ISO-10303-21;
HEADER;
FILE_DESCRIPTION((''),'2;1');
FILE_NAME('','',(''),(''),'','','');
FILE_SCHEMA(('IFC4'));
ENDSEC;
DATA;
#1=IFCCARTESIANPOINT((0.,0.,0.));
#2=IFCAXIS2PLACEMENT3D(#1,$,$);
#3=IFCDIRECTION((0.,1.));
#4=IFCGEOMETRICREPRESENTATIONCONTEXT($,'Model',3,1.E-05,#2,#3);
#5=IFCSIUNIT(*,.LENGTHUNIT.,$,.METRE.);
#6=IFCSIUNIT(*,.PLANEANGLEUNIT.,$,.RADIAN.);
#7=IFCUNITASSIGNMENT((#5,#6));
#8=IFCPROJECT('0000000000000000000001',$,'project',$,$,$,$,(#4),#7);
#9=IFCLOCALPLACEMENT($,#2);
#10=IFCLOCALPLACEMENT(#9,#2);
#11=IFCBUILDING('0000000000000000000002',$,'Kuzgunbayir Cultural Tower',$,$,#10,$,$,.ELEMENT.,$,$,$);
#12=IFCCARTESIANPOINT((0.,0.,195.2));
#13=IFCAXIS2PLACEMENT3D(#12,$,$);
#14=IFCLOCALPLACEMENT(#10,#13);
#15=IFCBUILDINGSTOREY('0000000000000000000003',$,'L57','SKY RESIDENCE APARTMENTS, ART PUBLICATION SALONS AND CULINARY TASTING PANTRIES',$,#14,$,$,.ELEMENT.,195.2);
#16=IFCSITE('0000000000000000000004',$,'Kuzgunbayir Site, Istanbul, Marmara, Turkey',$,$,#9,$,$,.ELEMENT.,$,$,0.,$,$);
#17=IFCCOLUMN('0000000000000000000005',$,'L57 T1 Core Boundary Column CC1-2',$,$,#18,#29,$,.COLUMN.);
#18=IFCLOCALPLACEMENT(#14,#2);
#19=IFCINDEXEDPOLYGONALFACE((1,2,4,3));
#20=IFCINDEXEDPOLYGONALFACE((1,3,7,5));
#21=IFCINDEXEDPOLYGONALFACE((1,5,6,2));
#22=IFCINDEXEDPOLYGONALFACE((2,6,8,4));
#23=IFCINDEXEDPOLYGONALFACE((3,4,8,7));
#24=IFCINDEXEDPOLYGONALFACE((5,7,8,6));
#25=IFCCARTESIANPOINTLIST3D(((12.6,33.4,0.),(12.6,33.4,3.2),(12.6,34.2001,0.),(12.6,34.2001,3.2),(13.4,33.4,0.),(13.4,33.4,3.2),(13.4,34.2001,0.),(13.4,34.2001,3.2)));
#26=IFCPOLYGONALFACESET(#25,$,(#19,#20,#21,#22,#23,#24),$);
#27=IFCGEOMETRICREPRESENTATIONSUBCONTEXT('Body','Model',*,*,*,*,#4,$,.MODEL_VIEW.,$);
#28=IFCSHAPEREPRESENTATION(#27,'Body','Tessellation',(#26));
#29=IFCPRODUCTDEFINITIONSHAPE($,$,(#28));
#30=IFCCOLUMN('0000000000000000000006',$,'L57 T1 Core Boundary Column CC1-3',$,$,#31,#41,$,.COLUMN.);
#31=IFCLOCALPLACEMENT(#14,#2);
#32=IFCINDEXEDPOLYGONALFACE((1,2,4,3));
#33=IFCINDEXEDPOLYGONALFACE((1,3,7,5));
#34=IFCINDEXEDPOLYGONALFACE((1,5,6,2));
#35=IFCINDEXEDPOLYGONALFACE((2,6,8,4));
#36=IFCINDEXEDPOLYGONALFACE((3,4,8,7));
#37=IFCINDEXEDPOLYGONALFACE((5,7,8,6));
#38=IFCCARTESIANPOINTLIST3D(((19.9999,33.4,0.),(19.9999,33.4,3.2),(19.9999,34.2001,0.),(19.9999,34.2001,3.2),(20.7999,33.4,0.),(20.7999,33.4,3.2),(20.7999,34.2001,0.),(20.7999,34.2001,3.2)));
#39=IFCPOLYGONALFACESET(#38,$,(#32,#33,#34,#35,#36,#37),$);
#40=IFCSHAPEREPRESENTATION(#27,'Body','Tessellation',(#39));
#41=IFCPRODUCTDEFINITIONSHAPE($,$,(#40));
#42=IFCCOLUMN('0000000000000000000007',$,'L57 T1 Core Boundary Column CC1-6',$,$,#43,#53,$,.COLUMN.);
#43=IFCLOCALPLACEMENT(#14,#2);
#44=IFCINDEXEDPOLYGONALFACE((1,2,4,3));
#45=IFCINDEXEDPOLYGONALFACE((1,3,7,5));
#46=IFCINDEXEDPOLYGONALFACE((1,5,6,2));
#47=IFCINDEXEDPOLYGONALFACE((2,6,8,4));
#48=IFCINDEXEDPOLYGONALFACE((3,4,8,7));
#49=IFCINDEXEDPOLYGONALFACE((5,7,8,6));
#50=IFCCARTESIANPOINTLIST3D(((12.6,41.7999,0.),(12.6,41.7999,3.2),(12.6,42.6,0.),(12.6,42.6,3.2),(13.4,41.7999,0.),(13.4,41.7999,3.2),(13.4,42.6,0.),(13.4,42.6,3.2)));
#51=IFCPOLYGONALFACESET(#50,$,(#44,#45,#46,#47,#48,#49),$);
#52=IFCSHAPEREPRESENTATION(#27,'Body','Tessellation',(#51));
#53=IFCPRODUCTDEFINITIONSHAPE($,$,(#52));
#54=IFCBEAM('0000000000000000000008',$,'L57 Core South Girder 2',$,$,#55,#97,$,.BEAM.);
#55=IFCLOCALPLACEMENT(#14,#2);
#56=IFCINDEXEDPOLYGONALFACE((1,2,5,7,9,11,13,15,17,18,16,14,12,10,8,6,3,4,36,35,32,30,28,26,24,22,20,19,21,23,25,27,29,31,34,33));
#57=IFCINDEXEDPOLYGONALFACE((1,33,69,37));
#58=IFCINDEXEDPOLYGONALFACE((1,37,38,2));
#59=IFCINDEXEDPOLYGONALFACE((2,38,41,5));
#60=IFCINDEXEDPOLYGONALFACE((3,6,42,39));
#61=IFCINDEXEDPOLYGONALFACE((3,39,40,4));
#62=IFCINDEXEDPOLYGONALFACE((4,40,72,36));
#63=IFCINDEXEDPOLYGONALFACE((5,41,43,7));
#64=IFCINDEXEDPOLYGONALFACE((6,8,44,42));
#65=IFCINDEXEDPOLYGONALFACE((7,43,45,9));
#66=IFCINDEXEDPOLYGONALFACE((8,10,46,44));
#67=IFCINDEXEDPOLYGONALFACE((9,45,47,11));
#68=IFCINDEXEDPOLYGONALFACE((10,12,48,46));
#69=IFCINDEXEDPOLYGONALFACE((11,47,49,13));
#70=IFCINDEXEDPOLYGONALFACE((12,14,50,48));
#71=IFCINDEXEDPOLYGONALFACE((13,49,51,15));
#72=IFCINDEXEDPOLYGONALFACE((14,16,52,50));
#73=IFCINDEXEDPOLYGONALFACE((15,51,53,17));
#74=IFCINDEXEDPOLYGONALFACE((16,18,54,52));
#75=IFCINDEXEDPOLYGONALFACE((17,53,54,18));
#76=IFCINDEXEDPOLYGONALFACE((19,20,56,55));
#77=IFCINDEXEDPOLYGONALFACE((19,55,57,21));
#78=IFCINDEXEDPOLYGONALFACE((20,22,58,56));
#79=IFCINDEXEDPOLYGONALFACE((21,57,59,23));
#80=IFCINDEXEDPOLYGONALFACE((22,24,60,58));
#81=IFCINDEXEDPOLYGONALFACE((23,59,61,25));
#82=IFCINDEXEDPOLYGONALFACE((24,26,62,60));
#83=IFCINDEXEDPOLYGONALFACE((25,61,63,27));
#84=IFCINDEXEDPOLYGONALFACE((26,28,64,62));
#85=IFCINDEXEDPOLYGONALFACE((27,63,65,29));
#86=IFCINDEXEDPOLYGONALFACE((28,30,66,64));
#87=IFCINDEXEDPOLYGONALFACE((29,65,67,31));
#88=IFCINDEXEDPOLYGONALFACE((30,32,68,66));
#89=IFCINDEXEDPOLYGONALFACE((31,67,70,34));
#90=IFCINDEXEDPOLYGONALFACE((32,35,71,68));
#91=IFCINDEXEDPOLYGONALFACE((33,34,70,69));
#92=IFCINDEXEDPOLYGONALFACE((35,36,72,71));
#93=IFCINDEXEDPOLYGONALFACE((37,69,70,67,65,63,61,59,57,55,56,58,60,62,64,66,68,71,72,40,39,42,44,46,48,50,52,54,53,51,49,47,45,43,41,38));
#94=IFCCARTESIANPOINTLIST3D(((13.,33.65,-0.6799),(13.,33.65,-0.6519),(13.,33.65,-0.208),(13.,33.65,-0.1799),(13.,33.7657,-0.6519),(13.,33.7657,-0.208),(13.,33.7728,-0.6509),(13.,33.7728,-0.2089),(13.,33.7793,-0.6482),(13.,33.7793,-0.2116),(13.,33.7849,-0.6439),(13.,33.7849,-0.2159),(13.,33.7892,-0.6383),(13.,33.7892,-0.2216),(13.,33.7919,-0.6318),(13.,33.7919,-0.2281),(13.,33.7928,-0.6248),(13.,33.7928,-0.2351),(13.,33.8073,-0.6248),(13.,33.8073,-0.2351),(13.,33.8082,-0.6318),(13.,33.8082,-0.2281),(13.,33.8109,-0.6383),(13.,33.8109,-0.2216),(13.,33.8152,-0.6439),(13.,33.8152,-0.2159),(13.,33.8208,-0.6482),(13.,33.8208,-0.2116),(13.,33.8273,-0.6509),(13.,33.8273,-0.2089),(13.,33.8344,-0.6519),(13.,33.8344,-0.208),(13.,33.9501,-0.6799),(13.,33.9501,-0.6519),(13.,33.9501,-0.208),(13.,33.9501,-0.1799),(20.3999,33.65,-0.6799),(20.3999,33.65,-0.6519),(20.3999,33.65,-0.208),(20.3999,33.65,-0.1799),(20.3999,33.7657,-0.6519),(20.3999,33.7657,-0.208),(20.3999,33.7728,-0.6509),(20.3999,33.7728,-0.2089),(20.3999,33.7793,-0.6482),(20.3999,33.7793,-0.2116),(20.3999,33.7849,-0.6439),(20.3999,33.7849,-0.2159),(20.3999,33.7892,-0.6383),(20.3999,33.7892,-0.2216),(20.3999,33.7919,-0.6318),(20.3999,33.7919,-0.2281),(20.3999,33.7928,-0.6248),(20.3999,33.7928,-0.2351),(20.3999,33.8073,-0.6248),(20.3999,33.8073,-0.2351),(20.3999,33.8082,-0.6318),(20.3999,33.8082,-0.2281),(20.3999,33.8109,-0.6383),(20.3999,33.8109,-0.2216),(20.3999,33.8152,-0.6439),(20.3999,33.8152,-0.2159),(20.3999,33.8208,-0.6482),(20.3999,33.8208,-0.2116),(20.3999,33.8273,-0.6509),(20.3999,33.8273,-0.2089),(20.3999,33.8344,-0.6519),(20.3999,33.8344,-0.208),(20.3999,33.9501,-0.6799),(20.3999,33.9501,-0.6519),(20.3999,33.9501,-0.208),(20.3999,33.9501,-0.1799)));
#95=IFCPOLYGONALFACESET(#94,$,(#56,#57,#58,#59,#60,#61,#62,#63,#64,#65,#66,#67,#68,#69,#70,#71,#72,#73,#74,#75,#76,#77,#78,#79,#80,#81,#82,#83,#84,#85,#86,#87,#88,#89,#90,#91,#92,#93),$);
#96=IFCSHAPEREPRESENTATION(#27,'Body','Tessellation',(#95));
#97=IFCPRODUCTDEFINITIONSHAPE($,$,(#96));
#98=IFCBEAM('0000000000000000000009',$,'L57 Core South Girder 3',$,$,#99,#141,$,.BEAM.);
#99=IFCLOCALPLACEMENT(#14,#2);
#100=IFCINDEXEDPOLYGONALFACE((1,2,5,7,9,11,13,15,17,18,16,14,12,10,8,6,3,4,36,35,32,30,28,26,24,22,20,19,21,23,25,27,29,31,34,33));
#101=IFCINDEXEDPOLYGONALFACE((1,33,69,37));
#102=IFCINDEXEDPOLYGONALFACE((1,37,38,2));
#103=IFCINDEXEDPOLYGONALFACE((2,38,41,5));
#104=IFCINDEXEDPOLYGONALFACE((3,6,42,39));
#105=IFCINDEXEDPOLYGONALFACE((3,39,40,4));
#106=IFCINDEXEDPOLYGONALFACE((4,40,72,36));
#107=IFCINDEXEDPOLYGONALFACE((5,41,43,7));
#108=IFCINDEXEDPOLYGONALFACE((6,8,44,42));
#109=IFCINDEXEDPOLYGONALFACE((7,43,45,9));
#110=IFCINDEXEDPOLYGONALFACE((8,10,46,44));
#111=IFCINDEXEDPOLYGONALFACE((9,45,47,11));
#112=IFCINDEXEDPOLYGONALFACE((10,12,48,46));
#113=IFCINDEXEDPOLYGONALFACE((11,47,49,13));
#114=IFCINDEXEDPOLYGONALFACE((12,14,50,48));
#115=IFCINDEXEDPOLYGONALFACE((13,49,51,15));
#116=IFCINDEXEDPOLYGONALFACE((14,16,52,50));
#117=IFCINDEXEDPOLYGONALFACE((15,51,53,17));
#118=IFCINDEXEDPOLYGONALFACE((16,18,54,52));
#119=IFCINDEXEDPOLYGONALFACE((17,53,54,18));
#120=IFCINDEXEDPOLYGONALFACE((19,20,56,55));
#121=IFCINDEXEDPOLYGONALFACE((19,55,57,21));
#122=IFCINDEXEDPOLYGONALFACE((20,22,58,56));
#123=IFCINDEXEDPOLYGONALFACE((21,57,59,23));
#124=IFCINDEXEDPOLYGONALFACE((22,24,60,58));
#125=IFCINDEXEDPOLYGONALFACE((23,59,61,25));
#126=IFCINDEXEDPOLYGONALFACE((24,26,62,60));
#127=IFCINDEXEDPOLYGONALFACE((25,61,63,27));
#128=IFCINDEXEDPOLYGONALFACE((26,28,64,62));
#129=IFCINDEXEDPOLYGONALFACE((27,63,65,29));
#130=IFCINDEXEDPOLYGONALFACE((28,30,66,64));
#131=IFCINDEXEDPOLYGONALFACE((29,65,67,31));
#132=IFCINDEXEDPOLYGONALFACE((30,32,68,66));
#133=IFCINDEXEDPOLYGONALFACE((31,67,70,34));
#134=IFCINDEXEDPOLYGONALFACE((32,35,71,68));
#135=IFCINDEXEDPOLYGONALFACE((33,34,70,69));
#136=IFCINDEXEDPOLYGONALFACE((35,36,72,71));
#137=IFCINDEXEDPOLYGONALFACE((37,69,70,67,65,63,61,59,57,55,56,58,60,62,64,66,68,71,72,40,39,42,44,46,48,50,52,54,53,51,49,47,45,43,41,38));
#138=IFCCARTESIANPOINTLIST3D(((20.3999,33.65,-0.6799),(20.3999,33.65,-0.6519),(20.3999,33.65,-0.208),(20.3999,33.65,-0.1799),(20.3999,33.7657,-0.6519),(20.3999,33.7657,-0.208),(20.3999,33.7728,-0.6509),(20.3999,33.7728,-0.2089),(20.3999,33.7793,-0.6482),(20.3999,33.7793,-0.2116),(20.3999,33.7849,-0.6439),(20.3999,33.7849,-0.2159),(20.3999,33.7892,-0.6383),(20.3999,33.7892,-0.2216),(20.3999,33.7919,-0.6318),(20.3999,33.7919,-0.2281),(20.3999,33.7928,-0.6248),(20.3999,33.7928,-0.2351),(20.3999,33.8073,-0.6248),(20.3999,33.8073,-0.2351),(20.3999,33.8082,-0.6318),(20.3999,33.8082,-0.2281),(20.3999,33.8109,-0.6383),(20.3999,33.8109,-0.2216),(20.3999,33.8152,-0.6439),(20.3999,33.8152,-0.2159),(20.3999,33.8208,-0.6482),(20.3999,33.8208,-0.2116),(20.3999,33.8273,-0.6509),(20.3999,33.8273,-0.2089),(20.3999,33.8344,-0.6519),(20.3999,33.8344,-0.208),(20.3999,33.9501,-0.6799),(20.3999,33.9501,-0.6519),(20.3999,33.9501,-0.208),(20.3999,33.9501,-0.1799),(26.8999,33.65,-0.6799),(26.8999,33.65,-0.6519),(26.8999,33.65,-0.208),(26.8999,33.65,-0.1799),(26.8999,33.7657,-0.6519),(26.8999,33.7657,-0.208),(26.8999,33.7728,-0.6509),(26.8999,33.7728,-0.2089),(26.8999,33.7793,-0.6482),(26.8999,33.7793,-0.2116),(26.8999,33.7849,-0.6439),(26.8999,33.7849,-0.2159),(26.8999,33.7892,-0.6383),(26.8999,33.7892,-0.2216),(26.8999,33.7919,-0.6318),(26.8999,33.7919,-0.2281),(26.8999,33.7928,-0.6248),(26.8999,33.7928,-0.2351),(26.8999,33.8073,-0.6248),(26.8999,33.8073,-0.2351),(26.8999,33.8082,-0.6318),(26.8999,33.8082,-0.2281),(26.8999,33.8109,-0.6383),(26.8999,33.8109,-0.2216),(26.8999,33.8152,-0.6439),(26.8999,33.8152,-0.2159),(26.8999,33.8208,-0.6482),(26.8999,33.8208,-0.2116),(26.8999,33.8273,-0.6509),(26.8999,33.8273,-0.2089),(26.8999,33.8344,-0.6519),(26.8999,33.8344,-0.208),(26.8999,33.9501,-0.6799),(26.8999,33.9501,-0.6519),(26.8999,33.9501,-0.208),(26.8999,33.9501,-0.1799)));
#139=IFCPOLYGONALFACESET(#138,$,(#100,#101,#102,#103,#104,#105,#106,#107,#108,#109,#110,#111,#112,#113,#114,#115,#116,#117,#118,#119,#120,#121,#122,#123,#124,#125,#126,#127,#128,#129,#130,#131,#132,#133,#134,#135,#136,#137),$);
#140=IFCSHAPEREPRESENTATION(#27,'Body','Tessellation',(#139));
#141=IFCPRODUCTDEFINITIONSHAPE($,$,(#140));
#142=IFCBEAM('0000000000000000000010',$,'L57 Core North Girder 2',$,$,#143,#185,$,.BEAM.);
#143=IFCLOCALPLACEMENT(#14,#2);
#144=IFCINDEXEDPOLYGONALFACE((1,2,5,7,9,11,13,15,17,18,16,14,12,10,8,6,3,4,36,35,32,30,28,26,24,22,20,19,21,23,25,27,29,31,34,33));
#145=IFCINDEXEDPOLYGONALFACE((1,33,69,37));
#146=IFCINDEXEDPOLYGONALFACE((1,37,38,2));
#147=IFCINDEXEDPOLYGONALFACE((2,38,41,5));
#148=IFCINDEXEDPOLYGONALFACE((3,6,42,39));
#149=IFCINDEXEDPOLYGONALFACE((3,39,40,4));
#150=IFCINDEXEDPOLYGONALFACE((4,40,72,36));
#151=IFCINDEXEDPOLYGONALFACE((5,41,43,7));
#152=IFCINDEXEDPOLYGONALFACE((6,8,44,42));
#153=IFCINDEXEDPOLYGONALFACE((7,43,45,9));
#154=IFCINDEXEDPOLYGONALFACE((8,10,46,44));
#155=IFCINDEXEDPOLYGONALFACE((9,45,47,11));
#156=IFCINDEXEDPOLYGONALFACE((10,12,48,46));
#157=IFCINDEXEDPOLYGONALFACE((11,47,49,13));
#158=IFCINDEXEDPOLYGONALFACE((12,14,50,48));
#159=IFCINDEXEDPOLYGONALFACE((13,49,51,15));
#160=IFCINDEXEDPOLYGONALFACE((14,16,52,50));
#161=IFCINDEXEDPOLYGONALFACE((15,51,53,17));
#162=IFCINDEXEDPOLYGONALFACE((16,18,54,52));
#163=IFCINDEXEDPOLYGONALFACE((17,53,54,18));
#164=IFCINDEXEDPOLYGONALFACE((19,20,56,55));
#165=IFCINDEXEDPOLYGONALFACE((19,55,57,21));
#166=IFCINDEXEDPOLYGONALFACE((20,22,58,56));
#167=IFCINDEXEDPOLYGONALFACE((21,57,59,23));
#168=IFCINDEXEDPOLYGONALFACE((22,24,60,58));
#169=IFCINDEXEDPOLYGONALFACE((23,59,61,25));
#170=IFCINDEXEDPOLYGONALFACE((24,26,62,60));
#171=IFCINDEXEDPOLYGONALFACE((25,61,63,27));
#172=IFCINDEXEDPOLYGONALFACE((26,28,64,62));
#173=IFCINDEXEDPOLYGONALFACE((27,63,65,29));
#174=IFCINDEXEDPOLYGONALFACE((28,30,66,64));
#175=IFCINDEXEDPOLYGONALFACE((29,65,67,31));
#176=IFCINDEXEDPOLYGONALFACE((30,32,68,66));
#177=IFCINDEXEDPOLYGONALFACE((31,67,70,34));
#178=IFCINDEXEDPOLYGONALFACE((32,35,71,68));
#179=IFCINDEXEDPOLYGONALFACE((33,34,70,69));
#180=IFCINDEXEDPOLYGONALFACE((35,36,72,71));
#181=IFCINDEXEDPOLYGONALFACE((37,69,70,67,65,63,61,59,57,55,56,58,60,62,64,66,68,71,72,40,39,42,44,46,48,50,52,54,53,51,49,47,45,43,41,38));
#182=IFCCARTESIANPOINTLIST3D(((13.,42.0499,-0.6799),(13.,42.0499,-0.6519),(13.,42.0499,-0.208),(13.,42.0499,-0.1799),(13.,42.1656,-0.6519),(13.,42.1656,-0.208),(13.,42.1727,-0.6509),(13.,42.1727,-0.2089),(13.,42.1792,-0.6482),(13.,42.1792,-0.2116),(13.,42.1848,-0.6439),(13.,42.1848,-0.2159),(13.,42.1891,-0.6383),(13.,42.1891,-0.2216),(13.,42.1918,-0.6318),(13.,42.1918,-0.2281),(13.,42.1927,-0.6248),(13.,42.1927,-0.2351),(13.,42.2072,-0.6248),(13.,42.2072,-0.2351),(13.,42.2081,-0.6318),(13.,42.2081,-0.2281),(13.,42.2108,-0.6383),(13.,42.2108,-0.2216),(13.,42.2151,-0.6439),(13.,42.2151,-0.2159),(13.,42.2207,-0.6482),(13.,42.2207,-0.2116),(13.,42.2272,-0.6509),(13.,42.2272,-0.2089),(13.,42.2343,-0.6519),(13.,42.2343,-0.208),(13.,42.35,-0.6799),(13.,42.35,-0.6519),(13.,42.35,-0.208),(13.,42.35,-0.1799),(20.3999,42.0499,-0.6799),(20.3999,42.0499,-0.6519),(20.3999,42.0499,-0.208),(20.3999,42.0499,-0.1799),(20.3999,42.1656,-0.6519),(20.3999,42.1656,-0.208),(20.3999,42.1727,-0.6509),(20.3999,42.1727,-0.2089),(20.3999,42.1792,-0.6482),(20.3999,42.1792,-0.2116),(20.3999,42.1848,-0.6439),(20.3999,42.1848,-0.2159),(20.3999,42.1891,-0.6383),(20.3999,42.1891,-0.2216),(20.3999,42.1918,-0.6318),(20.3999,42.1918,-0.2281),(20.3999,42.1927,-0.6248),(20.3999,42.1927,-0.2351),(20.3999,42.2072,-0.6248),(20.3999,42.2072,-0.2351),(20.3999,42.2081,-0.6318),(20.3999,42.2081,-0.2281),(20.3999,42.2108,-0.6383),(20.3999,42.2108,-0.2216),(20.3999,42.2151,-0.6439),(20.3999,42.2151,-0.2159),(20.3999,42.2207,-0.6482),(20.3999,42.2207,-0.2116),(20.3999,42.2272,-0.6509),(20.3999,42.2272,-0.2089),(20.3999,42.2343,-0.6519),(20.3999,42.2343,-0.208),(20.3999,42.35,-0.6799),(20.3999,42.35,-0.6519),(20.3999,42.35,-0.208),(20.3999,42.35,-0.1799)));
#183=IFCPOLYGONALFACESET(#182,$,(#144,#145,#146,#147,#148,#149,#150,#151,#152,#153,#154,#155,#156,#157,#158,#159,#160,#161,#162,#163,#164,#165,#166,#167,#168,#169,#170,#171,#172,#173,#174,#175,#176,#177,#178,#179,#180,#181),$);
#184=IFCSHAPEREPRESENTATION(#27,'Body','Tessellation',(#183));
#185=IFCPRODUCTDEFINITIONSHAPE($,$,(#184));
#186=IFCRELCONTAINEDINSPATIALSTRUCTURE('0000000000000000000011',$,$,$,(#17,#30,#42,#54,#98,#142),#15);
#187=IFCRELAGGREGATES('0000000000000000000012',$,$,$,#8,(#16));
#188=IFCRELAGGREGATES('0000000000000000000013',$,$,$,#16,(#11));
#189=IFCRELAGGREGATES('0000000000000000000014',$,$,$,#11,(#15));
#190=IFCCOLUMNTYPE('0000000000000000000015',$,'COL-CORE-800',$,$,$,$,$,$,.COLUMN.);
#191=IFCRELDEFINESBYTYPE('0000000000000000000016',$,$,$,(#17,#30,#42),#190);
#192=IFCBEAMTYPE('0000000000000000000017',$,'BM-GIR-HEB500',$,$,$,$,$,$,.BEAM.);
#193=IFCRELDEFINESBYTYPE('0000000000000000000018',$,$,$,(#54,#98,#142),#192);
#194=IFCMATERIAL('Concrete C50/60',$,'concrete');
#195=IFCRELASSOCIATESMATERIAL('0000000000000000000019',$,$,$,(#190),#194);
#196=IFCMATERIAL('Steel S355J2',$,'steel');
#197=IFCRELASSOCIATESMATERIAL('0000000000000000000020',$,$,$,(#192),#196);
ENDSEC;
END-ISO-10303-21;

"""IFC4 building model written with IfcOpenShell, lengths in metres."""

from ifc_helpers import new_model, si_unit, direction, frame, origin, origin_2d, place, context, subcontext, project, spatial, rectangle, i_section, extrude, material, material_profile, profile_set, type_object, element, save


model = new_model("IFC4")

# Units and contexts
model_context = context("Model", 3, precision=1e-05, world=origin(), true_north=direction((0.0, 1.0)))
body_context = subcontext(model_context, "Body", "Model", "MODEL_VIEW")
ifc_project = project(units=[si_unit("LENGTHUNIT", "METRE"), si_unit("PLANEANGLEUNIT", "RADIAN")], contexts=[model_context])

# Site, building, storey
site_placement = place(None, origin())
site = spatial("IfcSite", under=ifc_project, at=site_placement, Name="Kuzgunbayir Site, Istanbul, Marmara, Turkey", CompositionType="ELEMENT", RefElevation=0.0)
building_placement = place(site_placement, origin())
building = spatial("IfcBuilding", under=site, at=building_placement, Name="Kuzgunbayir Cultural Tower", CompositionType="ELEMENT")
storey_placement = place(building_placement, frame((0.0, 0.0, 195.2)))
storey = spatial("IfcBuildingStorey", under=building, at=storey_placement, Name="L57", Description="SKY RESIDENCE APARTMENTS, ART PUBLICATION SALONS AND CULINARY TASTING PANTRIES", CompositionType="ELEMENT", Elevation=195.2)

# Columns
ifc_material_1 = material(Name="Concrete C50/60", Category="concrete")
ifc_material_profile_1 = material_profile(ifc_material_1, rectangle(XDim=0.8, YDim=0.8, at=origin_2d()), Name="RC 800x800")
ifc_profile_set_1 = profile_set([ifc_material_profile_1], Name="Concrete C50/60")
column_type = type_object("IfcColumnType", Name="COL-CORE-800", PredefinedType="COLUMN", material=ifc_profile_set_1)
for number, where, z_axis, x_axis, name in (
    (1, (13.0, 33.8, 0.0), (0.0, 0.0, 1.0), (1.0, 0.0, 0.0), "L57 T1 Core Boundary Column CC1-2"),
    (2, (20.3999, 33.8, 0.0), (0.0, 0.0, 1.0), (1.0, 0.0, 0.0), "L57 T1 Core Boundary Column CC1-3"),
    (3, (13.0, 42.2, 0.0), (0.0, 0.0, 1.0), (1.0, 0.0, 0.0), "L57 T1 Core Boundary Column CC1-6"),
):
    element("IfcColumn", number, at=place(storey_placement, frame(where, z_axis=z_axis, x_axis=x_axis)), inside=storey, type_object=column_type, Name=name, PredefinedType="COLUMN", context=body_context, shape_type="SweptSolid", body=[
        extrude(rectangle(XDim=0.8, YDim=0.8, at=origin_2d()), origin(), (0.0, 0.0, 1.0), 3.2),
    ])

# Beams
ifc_material_2 = material(Name="Steel S355J2", Category="steel")
ifc_material_profile_2 = material_profile(ifc_material_2, i_section(OverallWidth=0.3, OverallDepth=0.5, WebThickness=0.0144, FlangeThickness=0.0281, FilletRadius=0.0271, at=origin_2d()), Name="HEB 500")
ifc_profile_set_2 = profile_set([ifc_material_profile_2], Name="Steel S355J2")
beam_type = type_object("IfcBeamType", Name="BM-GIR-HEB500", PredefinedType="BEAM", material=ifc_profile_set_2)
beam_1_placement = place(storey_placement, frame((13.0, 33.8, -0.4299), z_axis=(1.0, 0.0, 0.0), x_axis=(0.0, 1.0, 0.0)))
element("IfcBeam", 4, at=beam_1_placement, inside=storey, type_object=beam_type, Name="L57 Core South Girder 2", PredefinedType="BEAM", context=body_context, shape_type="SweptSolid", body=[
    extrude(i_section(OverallWidth=0.3, OverallDepth=0.5, WebThickness=0.0144, FlangeThickness=0.0281, FilletRadius=0.0271, at=origin_2d()), origin(), (0.0, 0.0, 1.0), 7.3999),
])
beam_2_placement = place(storey_placement, frame((20.3999, 33.8, -0.4299), z_axis=(1.0, 0.0, 0.0), x_axis=(0.0, 1.0, 0.0)))
element("IfcBeam", 5, at=beam_2_placement, inside=storey, type_object=beam_type, Name="L57 Core South Girder 3", PredefinedType="BEAM", context=body_context, shape_type="SweptSolid", body=[
    extrude(i_section(OverallWidth=0.3, OverallDepth=0.5, WebThickness=0.0144, FlangeThickness=0.0281, FilletRadius=0.0271, at=origin_2d()), origin(), (0.0, 0.0, 1.0), 6.5),
])
beam_3_placement = place(storey_placement, frame((13.0, 42.2, -0.4299), z_axis=(1.0, 0.0, 0.0), x_axis=(0.0, 1.0, 0.0)))
element("IfcBeam", 6, at=beam_3_placement, inside=storey, type_object=beam_type, Name="L57 Core North Girder 2", PredefinedType="BEAM", context=body_context, shape_type="SweptSolid", body=[
    extrude(i_section(OverallWidth=0.3, OverallDepth=0.5, WebThickness=0.0144, FlangeThickness=0.0281, FilletRadius=0.0271, at=origin_2d()), origin(), (0.0, 0.0, 1.0), 7.3999),
])

save(model, "model.ifc")
